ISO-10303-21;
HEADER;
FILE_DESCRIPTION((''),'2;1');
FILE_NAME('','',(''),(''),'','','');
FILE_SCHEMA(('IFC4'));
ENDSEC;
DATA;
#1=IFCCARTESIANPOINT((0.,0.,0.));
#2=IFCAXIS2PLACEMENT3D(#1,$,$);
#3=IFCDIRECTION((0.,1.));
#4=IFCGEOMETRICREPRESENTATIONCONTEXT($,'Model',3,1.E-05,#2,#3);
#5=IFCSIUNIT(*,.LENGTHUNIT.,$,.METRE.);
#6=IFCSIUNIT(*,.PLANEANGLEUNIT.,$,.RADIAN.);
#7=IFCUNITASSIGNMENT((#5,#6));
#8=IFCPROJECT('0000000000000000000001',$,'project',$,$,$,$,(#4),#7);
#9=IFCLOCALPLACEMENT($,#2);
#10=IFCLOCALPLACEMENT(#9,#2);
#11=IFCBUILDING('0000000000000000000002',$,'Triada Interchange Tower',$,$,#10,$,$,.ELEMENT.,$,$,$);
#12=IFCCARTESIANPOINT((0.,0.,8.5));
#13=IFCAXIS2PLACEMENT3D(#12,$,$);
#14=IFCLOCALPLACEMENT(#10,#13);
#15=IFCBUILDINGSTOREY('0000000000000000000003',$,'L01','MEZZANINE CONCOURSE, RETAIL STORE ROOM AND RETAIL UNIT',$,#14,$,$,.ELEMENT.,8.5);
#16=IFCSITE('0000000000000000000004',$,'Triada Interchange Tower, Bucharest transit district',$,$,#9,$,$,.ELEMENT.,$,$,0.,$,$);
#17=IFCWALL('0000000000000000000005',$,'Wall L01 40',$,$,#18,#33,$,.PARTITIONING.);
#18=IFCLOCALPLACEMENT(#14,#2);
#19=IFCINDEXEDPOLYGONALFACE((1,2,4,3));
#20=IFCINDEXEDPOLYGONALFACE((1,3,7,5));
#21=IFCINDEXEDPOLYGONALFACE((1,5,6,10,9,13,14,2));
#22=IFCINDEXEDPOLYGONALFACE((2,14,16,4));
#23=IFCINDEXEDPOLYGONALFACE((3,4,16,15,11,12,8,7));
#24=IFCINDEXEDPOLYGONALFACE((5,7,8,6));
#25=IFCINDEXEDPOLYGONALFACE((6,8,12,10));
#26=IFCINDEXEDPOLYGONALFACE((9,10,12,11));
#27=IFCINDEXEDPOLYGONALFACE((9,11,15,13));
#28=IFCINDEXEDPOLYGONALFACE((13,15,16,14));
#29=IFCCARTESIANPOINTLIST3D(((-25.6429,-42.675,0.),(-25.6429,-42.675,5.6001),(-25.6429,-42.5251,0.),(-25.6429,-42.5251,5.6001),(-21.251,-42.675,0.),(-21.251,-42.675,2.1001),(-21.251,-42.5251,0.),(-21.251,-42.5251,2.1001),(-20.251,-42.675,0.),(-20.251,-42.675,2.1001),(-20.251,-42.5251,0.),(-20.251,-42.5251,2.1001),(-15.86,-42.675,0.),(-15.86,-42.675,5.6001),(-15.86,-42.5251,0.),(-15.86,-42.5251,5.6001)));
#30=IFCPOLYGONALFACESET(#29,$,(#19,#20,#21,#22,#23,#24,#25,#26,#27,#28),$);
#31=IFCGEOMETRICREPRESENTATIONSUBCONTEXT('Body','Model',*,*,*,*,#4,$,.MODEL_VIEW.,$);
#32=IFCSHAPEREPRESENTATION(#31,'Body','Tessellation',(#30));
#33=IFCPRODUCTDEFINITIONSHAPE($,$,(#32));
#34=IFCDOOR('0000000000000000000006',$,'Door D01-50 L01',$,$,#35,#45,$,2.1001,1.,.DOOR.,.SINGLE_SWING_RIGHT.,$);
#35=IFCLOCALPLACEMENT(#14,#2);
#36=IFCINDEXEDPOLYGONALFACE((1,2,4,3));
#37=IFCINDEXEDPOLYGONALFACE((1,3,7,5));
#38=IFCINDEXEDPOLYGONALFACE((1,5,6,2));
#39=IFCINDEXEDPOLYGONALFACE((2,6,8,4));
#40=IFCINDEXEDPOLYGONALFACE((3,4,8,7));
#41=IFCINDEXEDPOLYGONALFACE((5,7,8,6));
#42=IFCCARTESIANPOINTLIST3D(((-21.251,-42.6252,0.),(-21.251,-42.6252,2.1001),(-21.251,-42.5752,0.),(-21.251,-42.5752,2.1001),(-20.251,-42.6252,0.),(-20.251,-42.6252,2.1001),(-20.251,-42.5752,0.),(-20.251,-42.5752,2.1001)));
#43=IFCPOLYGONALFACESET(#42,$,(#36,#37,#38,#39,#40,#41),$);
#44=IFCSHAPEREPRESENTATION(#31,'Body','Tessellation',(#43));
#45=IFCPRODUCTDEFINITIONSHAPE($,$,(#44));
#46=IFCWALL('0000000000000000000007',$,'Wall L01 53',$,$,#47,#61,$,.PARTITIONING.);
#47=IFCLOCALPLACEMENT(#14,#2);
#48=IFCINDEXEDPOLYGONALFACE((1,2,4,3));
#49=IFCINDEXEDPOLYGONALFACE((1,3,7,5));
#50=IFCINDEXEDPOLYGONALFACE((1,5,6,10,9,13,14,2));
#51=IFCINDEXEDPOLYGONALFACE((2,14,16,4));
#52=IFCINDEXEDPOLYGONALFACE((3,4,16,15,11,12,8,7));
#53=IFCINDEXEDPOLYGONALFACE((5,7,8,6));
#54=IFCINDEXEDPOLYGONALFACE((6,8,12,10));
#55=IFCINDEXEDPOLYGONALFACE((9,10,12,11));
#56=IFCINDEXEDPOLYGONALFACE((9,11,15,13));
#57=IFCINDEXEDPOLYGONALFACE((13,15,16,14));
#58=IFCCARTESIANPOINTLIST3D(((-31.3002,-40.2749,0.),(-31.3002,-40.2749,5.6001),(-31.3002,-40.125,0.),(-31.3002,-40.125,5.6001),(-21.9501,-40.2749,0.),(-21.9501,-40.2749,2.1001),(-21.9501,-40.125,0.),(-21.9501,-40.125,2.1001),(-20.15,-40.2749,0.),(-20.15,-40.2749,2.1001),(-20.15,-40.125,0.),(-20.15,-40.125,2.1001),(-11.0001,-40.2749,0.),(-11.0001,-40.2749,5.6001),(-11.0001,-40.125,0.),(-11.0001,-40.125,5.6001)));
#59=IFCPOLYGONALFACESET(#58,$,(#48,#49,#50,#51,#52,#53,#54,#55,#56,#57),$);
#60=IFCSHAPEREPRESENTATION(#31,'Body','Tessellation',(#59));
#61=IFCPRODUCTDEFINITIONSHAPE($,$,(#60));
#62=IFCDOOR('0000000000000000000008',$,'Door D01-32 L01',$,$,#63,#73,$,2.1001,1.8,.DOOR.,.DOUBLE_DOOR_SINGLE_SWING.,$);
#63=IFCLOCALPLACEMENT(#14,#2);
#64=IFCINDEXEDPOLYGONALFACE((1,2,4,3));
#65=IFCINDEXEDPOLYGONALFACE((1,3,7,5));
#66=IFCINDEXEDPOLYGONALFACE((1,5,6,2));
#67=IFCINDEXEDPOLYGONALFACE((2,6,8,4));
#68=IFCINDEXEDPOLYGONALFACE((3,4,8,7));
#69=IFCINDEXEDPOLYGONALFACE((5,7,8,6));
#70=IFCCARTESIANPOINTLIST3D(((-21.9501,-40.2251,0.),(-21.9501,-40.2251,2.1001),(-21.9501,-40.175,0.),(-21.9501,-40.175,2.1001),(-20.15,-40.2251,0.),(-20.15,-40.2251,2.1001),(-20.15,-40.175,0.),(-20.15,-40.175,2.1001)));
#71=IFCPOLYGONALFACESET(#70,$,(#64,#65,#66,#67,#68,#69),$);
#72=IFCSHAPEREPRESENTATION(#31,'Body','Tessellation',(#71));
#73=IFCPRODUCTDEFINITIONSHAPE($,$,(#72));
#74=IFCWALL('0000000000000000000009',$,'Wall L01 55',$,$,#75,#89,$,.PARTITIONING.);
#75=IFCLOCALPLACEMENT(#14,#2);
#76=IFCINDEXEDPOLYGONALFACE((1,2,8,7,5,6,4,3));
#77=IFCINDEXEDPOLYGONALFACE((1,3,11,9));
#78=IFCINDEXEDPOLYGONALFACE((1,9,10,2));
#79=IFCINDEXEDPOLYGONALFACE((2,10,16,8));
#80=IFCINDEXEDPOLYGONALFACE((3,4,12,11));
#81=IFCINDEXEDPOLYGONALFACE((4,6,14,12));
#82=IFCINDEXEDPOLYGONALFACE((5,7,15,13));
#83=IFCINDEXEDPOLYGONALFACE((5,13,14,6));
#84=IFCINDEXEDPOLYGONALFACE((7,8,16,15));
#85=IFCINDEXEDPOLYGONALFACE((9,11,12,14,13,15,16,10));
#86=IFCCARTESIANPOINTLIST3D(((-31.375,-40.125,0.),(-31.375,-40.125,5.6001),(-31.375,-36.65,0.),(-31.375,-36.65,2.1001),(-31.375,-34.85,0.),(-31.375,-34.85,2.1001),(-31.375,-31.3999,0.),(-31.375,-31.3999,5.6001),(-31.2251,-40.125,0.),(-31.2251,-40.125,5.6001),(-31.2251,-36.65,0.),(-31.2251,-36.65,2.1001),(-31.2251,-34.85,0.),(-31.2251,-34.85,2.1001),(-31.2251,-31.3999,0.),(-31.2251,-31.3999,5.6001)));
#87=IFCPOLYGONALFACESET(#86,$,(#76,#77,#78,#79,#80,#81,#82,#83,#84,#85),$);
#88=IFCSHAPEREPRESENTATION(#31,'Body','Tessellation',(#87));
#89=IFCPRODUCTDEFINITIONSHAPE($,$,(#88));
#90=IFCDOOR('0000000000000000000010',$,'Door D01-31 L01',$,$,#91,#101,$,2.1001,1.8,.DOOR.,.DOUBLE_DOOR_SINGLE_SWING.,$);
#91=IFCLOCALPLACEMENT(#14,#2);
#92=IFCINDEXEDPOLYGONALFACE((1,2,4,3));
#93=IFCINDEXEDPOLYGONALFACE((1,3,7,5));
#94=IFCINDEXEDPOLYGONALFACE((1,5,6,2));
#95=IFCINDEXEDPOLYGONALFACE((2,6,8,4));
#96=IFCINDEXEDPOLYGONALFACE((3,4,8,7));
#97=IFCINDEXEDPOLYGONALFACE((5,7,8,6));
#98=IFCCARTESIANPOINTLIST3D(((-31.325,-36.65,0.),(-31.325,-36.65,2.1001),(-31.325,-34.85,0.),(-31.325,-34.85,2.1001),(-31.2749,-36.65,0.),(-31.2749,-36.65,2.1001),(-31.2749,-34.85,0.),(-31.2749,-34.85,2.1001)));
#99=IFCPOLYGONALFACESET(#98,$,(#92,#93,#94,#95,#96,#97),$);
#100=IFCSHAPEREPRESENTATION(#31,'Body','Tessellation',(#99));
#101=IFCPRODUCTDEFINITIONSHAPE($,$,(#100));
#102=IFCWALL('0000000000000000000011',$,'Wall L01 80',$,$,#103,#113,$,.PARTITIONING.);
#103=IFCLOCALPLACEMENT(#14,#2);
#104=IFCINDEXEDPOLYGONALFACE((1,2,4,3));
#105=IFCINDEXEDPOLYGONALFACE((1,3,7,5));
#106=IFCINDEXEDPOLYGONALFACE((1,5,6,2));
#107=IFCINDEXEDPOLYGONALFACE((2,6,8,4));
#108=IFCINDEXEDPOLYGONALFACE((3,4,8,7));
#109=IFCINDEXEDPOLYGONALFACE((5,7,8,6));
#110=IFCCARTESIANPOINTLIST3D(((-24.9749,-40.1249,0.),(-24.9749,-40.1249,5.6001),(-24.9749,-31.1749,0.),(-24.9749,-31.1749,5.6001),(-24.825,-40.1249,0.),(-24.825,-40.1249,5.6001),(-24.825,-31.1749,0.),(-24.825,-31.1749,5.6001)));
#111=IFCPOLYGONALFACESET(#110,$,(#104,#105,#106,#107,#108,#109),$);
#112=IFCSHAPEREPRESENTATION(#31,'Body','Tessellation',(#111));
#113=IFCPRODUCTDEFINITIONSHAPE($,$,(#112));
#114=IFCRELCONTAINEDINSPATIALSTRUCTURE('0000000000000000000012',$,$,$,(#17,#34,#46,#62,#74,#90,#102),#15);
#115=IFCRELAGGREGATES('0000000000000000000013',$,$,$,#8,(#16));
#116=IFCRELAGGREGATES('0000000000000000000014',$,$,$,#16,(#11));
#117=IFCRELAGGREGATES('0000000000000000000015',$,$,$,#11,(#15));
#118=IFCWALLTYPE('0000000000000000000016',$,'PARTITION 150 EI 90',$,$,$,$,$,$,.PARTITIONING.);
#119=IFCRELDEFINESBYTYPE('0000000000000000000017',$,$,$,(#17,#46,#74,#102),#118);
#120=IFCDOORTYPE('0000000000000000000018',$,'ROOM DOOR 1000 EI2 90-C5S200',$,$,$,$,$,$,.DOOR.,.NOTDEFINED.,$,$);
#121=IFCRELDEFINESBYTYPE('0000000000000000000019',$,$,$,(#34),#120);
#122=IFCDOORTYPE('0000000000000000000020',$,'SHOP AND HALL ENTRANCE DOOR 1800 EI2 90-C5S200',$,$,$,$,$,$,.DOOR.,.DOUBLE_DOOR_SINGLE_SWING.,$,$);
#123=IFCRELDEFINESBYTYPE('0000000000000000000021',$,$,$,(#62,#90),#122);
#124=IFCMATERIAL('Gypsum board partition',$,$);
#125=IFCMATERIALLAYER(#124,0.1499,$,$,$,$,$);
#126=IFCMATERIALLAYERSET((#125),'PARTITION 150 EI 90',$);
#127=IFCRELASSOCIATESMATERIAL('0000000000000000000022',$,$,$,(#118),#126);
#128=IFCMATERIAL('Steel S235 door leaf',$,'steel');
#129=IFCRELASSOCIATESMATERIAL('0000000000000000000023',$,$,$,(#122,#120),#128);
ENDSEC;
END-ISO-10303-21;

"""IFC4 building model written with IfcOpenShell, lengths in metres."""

from ifc_helpers import new_model, si_unit, direction, frame, frame_2d, origin, place, context, subcontext, project, spatial, rectangle, extrude, material, layer, layer_set, type_object, element, fill, save


model = new_model("IFC4")

# Units and contexts
model_context = context("Model", 3, precision=1e-05, world=origin(), true_north=direction((0.0, 1.0)))
body_context = subcontext(model_context, "Body", "Model", "MODEL_VIEW")
ifc_project = project(units=[si_unit("LENGTHUNIT", "METRE"), si_unit("PLANEANGLEUNIT", "RADIAN")], contexts=[model_context])

# Site, building, storey
site_placement = place(None, origin())
site = spatial("IfcSite", under=ifc_project, at=site_placement, Name="Triada Interchange Tower, Bucharest transit district", CompositionType="ELEMENT", RefElevation=0.0)
building_placement = place(site_placement, origin())
building = spatial("IfcBuilding", under=site, at=building_placement, Name="Triada Interchange Tower", CompositionType="ELEMENT")
storey_placement = place(building_placement, frame((0.0, 0.0, 8.5)))
storey = spatial("IfcBuildingStorey", under=building, at=storey_placement, Name="L01", Description="MEZZANINE CONCOURSE, RETAIL STORE ROOM AND RETAIL UNIT", CompositionType="ELEMENT", Elevation=8.5)

# Shared definitions
ifc_material_1 = material(Name="Gypsum board partition")
ifc_material_2 = material(Name="Steel S235 door leaf", Category="steel")

# Shared definitions
ifc_layer_1 = layer(ifc_material_1, 0.1499)
ifc_layer_set_1 = layer_set([ifc_layer_1], Name="PARTITION 150 EI 90")
wall_type_1 = type_object("IfcWallType", Name="PARTITION 150 EI 90", PredefinedType="PARTITIONING", material=ifc_layer_set_1)

# Walls, openings, doors
door_type_1 = type_object("IfcDoorType", Name="SHOP AND HALL ENTRANCE DOOR 1800 EI2 90-C5S200", OperationType="DOUBLE_DOOR_SINGLE_SWING", PredefinedType="DOOR", material=ifc_material_2)
wall_1_placement = place(storey_placement, frame((-25.6431, -42.6001, 0.0), z_axis=(0.0, 0.0, 1.0), x_axis=(1.0, 0.0, 0.0)))
wall_1 = element("IfcWall", 1, at=wall_1_placement, inside=storey, type_object=wall_type_1, Name="Wall L01 40", PredefinedType="PARTITIONING", context=body_context, shape_type="SweptSolid", body=[
    extrude(rectangle(XDim=9.783, YDim=0.1499, at=frame_2d((4.8916, 0.0))), origin(), (0.0, 0.0, 1.0), 5.6001),
])
opening_1_placement = place(wall_1_placement, frame((4.3921, 0.0, 0.0)))
opening_1 = element("IfcOpeningElement", 2, at=opening_1_placement, cuts=wall_1, PredefinedType="OPENING", context=body_context, shape_type="SweptSolid", body=[
    extrude(rectangle(XDim=1.0, YDim=2.1001, at=frame_2d((0.5, 1.05))), frame((0.0, 0.085, 0.0), z_axis=(0.0, -1.0, 0.0), x_axis=(1.0, 0.0, 0.0)), (0.0, 0.0, 1.0), 0.1699),
])
door_type_2 = type_object("IfcDoorType", Name="ROOM DOOR 1000 EI2 90-C5S200", OperationType="NOTDEFINED", PredefinedType="DOOR", material=ifc_material_2)
door_1_placement = place(opening_1_placement, origin())
door_1 = element("IfcDoor", 3, at=door_1_placement, inside=storey, type_object=door_type_2, Name="Door D01-50 L01", OperationType="SINGLE_SWING_RIGHT", OverallHeight=2.1001, OverallWidth=1.0, PredefinedType="DOOR", context=body_context, shape_type="SweptSolid", body=[
    extrude(rectangle(XDim=1.0, YDim=2.1001, at=frame_2d((0.5, 1.05))), frame((0.0, 0.0249, 0.0), z_axis=(0.0, -1.0, 0.0), x_axis=(1.0, 0.0, 0.0)), (0.0, 0.0, 1.0), 0.05),
])
fill(opening_1, door_1)
wall_2_placement = place(storey_placement, frame((-31.3, -40.2, 0.0), z_axis=(0.0, 0.0, 1.0), x_axis=(1.0, 0.0, 0.0)))
wall_2 = element("IfcWall", 4, at=wall_2_placement, inside=storey, type_object=wall_type_1, Name="Wall L01 53", PredefinedType="PARTITIONING", context=body_context, shape_type="SweptSolid", body=[
    extrude(rectangle(XDim=20.3, YDim=0.1499, at=frame_2d((10.1499, 0.0))), origin(), (0.0, 0.0, 1.0), 5.6001),
])
opening_2_placement = place(wall_2_placement, frame((9.3501, 0.0, 0.0)))
opening_2 = element("IfcOpeningElement", 5, at=opening_2_placement, cuts=wall_2, PredefinedType="OPENING", context=body_context, shape_type="SweptSolid", body=[
    extrude(rectangle(XDim=1.8, YDim=2.1001, at=frame_2d((0.8999, 1.05))), frame((0.0, 0.085, 0.0), z_axis=(0.0, -1.0, 0.0), x_axis=(1.0, 0.0, 0.0)), (0.0, 0.0, 1.0), 0.1699),
])
door_2_placement = place(opening_2_placement, origin())
door_2 = element("IfcDoor", 6, at=door_2_placement, inside=storey, type_object=door_type_1, Name="Door D01-32 L01", OperationType="DOUBLE_DOOR_SINGLE_SWING", OverallHeight=2.1001, OverallWidth=1.8, PredefinedType="DOOR", context=body_context, shape_type="SweptSolid", body=[
    extrude(rectangle(XDim=1.8, YDim=2.1001, at=frame_2d((0.8999, 1.05))), frame((0.0, 0.0249, 0.0), z_axis=(0.0, -1.0, 0.0), x_axis=(1.0, 0.0, 0.0)), (0.0, 0.0, 1.0), 0.05),
])
fill(opening_2, door_2)
wall_3_placement = place(storey_placement, frame((-31.3, -40.125, 0.0), z_axis=(0.0, 0.0, 1.0), x_axis=(0.0, 1.0, 0.0)))
wall_3 = element("IfcWall", 7, at=wall_3_placement, inside=storey, type_object=wall_type_1, Name="Wall L01 55", PredefinedType="PARTITIONING", context=body_context, shape_type="SweptSolid", body=[
    extrude(rectangle(XDim=8.7251, YDim=0.1499, at=frame_2d((4.3625, 0.0))), origin(), (0.0, 0.0, 1.0), 5.6001),
])
opening_3_placement = place(wall_3_placement, frame((3.4751, 0.0, 0.0)))
opening_3 = element("IfcOpeningElement", 8, at=opening_3_placement, cuts=wall_3, PredefinedType="OPENING", context=body_context, shape_type="SweptSolid", body=[
    extrude(rectangle(XDim=1.8, YDim=2.1001, at=frame_2d((0.8999, 1.05))), frame((0.0, 0.085, 0.0), z_axis=(0.0, -1.0, 0.0), x_axis=(1.0, 0.0, 0.0)), (0.0, 0.0, 1.0), 0.1699),
])
door_3_placement = place(opening_3_placement, origin())
door_3 = element("IfcDoor", 9, at=door_3_placement, inside=storey, type_object=door_type_1, Name="Door D01-31 L01", OperationType="DOUBLE_DOOR_SINGLE_SWING", OverallHeight=2.1001, OverallWidth=1.8, PredefinedType="DOOR", context=body_context, shape_type="SweptSolid", body=[
    extrude(rectangle(XDim=1.8, YDim=2.1001, at=frame_2d((0.8999, 1.05))), frame((0.0, 0.0249, 0.0), z_axis=(0.0, -1.0, 0.0), x_axis=(1.0, 0.0, 0.0)), (0.0, 0.0, 1.0), 0.05),
])
fill(opening_3, door_3)

# Wall
wall_4_placement = place(storey_placement, frame((-24.8999, -40.125, 0.0), z_axis=(0.0, 0.0, 1.0), x_axis=(0.0, 1.0, 0.0)))
element("IfcWall", 10, at=wall_4_placement, inside=storey, type_object=wall_type_1, Name="Wall L01 80", PredefinedType="PARTITIONING", context=body_context, shape_type="SweptSolid", body=[
    extrude(rectangle(XDim=8.95, YDim=0.1499, at=frame_2d((4.4751, 0.0))), origin(), (0.0, 0.0, 1.0), 5.6001),
])

save(model, "model.ifc")
